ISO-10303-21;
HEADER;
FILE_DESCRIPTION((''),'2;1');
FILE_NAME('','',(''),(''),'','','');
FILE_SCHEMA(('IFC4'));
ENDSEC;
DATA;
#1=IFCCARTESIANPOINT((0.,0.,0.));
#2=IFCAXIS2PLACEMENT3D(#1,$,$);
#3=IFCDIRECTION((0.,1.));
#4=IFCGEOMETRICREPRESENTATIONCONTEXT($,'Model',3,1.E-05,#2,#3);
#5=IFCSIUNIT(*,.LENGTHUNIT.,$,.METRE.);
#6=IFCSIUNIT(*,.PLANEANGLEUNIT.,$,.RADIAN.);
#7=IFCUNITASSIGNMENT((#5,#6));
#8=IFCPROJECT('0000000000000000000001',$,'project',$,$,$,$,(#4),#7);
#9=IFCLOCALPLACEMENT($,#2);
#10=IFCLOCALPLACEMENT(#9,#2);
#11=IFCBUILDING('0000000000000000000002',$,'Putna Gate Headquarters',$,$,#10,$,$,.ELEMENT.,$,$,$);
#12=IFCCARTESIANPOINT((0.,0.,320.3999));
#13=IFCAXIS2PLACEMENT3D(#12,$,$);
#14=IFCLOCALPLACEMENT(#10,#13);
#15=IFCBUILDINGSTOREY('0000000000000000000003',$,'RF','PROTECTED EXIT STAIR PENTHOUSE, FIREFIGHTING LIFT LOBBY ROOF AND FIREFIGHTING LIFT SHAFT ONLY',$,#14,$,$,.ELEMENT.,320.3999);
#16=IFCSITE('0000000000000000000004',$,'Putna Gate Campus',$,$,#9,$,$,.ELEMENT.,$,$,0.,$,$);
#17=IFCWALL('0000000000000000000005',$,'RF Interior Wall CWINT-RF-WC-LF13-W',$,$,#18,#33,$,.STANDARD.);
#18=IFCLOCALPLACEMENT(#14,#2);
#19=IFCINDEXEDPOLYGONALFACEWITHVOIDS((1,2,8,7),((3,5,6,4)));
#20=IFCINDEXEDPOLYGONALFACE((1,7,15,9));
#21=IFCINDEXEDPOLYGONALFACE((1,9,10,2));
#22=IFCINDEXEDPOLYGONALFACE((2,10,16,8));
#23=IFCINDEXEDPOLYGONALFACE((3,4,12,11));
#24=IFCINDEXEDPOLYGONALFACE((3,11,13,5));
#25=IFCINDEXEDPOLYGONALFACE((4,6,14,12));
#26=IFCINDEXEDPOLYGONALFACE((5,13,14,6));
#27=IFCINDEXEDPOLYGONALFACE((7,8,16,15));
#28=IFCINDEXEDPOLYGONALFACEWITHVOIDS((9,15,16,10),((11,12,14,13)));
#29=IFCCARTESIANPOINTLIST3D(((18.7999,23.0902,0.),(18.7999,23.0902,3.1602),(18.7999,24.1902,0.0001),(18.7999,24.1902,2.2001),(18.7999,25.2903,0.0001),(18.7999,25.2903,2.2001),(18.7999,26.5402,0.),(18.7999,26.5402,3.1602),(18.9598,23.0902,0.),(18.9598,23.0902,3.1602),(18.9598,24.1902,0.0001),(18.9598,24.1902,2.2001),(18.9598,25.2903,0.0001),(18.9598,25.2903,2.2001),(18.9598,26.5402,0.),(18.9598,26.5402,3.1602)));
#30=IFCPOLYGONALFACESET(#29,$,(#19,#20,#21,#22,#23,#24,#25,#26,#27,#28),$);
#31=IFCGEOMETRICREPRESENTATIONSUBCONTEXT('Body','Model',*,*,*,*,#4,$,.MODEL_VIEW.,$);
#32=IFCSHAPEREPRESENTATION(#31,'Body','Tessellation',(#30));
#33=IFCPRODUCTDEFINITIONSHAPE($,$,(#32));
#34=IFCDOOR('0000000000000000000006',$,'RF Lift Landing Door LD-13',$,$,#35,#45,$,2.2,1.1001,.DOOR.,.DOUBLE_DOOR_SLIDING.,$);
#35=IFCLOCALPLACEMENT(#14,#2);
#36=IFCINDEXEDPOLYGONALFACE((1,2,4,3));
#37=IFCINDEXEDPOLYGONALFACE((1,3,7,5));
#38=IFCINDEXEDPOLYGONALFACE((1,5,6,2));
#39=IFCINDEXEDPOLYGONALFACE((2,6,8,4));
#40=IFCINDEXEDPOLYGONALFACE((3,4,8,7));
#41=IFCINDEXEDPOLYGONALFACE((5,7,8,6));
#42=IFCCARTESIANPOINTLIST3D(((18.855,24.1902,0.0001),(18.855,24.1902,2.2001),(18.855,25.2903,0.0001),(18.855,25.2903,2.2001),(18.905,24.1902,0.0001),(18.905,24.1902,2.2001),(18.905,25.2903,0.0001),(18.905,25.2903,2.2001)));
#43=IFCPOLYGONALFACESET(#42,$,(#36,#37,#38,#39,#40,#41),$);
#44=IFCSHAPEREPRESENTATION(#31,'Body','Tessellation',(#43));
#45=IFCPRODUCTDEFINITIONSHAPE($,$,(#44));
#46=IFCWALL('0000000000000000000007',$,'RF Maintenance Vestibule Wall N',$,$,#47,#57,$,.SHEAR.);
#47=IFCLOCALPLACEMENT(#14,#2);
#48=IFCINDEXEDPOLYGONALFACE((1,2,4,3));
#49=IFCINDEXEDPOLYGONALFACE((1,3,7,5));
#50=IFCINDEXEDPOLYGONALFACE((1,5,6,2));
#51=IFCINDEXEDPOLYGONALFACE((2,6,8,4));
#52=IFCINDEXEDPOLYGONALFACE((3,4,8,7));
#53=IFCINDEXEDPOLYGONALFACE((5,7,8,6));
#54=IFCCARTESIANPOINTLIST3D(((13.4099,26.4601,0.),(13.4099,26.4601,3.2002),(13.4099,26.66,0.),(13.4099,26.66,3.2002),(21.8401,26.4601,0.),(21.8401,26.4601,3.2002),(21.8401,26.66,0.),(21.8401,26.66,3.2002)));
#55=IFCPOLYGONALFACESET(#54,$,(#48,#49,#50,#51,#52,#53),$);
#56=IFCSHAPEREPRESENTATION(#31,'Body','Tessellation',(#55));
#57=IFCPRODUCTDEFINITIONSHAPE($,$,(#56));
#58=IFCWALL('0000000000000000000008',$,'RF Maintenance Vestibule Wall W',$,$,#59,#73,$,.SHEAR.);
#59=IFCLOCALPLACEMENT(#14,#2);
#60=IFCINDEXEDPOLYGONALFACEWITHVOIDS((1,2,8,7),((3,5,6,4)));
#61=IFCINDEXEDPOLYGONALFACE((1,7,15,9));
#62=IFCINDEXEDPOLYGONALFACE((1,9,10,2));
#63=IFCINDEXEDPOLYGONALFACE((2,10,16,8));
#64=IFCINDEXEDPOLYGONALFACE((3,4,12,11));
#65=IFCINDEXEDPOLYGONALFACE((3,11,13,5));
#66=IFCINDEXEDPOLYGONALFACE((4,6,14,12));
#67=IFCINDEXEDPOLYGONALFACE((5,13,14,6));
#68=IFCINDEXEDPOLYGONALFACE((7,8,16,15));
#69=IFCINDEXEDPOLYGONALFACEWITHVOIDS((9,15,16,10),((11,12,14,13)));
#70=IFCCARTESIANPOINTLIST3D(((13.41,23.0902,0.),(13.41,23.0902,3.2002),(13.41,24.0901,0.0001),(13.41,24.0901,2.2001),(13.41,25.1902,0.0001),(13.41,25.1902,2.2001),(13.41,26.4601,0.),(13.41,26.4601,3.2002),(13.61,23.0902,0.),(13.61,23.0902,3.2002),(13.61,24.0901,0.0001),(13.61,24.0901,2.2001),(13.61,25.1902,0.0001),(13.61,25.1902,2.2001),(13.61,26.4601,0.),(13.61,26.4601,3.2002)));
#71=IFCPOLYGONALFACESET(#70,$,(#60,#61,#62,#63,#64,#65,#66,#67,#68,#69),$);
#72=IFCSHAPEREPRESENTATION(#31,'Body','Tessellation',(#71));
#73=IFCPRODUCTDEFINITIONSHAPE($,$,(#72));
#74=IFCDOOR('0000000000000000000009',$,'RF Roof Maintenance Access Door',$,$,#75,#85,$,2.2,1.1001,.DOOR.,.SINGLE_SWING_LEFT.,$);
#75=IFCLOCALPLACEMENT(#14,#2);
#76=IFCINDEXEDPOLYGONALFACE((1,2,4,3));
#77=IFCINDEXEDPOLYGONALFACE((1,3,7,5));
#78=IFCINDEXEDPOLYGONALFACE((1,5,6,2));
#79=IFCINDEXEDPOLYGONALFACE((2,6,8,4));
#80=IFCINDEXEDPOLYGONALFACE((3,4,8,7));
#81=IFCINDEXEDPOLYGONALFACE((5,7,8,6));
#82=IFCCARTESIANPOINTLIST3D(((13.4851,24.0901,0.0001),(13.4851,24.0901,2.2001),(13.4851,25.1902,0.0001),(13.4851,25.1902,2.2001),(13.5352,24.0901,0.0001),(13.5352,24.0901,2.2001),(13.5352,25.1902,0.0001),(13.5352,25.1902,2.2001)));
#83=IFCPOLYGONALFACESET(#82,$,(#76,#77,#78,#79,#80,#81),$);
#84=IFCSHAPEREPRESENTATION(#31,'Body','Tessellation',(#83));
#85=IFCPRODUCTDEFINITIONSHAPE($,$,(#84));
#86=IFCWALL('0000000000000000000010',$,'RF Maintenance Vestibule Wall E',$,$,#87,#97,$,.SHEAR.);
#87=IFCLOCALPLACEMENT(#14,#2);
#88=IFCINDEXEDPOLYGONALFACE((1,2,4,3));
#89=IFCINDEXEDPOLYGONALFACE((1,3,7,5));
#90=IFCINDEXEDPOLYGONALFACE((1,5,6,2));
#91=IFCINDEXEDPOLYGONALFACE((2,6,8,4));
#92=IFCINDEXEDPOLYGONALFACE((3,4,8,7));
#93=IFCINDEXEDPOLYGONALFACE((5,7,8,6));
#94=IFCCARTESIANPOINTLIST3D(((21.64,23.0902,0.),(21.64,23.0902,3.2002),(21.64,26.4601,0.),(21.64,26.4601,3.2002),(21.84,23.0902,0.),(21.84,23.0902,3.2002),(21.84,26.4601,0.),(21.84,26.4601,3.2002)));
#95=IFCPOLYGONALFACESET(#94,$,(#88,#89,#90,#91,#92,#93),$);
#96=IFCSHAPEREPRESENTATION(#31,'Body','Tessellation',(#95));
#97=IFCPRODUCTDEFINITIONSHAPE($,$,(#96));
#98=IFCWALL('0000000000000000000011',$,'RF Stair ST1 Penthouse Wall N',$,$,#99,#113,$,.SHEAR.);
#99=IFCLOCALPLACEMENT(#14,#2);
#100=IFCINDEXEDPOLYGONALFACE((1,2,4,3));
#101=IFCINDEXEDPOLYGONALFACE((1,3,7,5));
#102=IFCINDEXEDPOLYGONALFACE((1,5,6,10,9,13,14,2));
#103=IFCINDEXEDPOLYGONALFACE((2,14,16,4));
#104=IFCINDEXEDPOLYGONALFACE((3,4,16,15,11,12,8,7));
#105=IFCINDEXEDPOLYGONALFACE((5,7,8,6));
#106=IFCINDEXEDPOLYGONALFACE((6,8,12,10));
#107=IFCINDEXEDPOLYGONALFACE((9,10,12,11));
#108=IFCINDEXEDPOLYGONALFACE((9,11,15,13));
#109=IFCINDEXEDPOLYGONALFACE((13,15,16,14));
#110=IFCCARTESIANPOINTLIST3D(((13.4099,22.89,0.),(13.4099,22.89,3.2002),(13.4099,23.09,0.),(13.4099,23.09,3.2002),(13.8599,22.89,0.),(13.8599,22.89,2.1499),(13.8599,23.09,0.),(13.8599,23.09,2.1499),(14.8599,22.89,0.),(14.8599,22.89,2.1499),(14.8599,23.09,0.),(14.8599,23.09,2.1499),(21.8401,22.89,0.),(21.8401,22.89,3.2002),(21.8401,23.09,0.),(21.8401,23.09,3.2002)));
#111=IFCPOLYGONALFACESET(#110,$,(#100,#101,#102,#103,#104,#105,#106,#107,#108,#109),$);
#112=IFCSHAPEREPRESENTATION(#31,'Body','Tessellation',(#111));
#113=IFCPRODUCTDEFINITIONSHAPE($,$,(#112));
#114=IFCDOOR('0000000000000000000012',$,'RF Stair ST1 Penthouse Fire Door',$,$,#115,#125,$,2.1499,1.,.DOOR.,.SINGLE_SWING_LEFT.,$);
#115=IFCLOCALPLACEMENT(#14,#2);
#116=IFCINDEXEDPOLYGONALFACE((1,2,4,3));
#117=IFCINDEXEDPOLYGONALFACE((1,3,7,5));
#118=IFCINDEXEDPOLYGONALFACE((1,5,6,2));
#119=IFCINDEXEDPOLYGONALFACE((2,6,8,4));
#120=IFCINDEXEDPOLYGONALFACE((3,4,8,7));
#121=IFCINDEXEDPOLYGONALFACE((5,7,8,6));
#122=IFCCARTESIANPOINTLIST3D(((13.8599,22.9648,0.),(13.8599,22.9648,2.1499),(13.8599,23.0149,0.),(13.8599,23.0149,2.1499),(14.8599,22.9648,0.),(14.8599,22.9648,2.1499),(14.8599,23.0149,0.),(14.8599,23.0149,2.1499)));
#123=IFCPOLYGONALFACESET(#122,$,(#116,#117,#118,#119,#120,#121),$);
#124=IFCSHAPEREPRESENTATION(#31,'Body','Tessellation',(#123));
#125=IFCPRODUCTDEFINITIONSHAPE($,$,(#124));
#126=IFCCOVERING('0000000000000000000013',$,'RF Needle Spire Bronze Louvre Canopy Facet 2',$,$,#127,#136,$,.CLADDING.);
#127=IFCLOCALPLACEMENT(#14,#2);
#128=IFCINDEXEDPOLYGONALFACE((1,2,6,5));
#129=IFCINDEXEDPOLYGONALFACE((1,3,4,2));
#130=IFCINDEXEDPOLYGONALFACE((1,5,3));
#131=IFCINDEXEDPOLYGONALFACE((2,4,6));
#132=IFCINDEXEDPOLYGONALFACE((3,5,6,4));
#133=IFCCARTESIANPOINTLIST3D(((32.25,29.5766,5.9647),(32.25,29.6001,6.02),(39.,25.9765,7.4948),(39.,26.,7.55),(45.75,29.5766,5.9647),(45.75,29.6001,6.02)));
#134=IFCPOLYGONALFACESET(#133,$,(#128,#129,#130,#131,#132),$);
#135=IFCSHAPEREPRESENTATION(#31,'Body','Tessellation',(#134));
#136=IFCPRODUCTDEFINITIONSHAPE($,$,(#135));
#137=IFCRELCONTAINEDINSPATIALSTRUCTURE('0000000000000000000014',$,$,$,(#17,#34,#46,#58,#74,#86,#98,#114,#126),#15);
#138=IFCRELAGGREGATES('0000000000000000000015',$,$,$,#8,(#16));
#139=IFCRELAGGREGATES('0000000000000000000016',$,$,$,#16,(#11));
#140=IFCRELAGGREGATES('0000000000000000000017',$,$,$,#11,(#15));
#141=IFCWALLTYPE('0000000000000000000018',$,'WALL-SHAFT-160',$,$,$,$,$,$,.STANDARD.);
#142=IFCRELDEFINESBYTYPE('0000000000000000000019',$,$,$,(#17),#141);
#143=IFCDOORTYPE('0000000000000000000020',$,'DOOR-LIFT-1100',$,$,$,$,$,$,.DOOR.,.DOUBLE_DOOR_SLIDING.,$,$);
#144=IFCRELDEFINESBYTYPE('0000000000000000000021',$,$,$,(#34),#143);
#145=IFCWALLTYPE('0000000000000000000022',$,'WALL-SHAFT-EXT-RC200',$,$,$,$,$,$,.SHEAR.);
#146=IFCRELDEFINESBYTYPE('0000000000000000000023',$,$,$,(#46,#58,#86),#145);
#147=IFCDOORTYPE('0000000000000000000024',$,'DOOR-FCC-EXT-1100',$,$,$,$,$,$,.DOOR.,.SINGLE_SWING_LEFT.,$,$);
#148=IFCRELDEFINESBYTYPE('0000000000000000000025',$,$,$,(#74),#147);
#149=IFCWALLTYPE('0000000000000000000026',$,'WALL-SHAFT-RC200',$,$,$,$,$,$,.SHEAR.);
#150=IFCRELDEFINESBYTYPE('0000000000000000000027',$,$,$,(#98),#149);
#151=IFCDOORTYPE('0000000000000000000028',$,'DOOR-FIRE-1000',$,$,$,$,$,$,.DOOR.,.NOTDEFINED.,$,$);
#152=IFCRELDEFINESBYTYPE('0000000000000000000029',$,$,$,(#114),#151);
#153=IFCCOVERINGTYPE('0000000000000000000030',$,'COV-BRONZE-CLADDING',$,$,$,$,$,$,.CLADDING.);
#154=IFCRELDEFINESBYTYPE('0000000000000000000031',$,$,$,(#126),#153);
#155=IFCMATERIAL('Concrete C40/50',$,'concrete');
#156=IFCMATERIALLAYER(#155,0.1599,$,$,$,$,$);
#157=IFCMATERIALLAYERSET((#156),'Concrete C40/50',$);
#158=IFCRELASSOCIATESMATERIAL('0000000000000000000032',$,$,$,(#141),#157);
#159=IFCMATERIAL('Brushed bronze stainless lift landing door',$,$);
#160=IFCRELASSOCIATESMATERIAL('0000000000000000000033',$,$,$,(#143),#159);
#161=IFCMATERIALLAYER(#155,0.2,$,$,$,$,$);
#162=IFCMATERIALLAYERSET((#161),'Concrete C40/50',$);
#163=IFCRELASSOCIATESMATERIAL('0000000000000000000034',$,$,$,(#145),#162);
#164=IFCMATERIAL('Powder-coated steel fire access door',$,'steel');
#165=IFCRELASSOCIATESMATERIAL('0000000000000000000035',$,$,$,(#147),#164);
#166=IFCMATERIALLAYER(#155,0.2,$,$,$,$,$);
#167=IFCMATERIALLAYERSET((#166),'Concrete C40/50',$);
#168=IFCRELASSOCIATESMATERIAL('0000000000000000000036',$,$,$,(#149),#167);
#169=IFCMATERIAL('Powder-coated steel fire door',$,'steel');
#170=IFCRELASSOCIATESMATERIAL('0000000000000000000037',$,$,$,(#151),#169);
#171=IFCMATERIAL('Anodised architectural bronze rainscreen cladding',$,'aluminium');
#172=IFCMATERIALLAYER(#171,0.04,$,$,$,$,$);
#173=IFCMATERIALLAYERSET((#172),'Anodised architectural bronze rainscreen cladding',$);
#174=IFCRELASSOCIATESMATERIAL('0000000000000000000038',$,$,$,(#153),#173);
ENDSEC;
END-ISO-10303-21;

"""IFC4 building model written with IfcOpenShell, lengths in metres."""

from ifc_helpers import new_model, si_unit, direction, frame, frame_2d, origin, place, context, subcontext, project, spatial, polyline, rectangle, outline, extrude, material, layer, layer_set, type_object, element, fill, save


model = new_model("IFC4")

# Units and contexts
model_context = context("Model", 3, precision=1e-05, world=origin(), true_north=direction((0.0, 1.0)))
body_context = subcontext(model_context, "Body", "Model", "MODEL_VIEW")
ifc_project = project(units=[si_unit("LENGTHUNIT", "METRE"), si_unit("PLANEANGLEUNIT", "RADIAN")], contexts=[model_context])

# Site, building, storey
site_placement = place(None, origin())
site = spatial("IfcSite", under=ifc_project, at=site_placement, Name="Putna Gate Campus", CompositionType="ELEMENT", RefElevation=0.0)
building_placement = place(site_placement, origin())
building = spatial("IfcBuilding", under=site, at=building_placement, Name="Putna Gate Headquarters", CompositionType="ELEMENT")
storey_placement = place(building_placement, frame((0.0, 0.0, 320.3999)))
storey = spatial("IfcBuildingStorey", under=building, at=storey_placement, Name="RF", Description="PROTECTED EXIT STAIR PENTHOUSE, FIREFIGHTING LIFT LOBBY ROOF AND FIREFIGHTING LIFT SHAFT ONLY", CompositionType="ELEMENT", Elevation=320.3999)

# Wall, opening, door
ifc_material_1 = material(Name="Concrete C40/50", Category="concrete")
ifc_layer_1 = layer(ifc_material_1, 0.1599)
ifc_layer_set_1 = layer_set([ifc_layer_1], Name="Concrete C40/50")
wall_type_1 = type_object("IfcWallType", Name="WALL-SHAFT-160", PredefinedType="STANDARD", material=ifc_layer_set_1)
wall_1_placement = place(storey_placement, frame((18.8799, 23.0901, 0.0), z_axis=(0.0, 0.0, 1.0), x_axis=(0.0, 1.0, 0.0)))
wall_1 = element("IfcWall", 1, at=wall_1_placement, inside=storey, type_object=wall_type_1, Name="RF Interior Wall CWINT-RF-WC-LF13-W", PredefinedType="STANDARD", context=body_context, shape_type="SweptSolid", body=[
    extrude(rectangle(XDim=3.45, YDim=0.1599, at=frame_2d((1.7251, 0.0))), origin(), (0.0, 0.0, 1.0), 3.1602),
])
opening_1_placement = place(wall_1_placement, frame((1.1001, 0.0, 0.0)))
opening_1 = element("IfcOpeningElement", 2, at=opening_1_placement, cuts=wall_1, PredefinedType="OPENING", context=body_context, shape_type="SweptSolid", body=[
    extrude(rectangle(XDim=1.1001, YDim=2.2, at=frame_2d((0.55, 1.1001))), frame((0.0, 0.0898, 0.0), z_axis=(0.0, -1.0, 0.0), x_axis=(1.0, 0.0, 0.0)), (0.0, 0.0, 1.0), 0.1799),
])
ifc_material_2 = material(Name="Brushed bronze stainless lift landing door")
door_type_1 = type_object("IfcDoorType", Name="DOOR-LIFT-1100", OperationType="DOUBLE_DOOR_SLIDING", PredefinedType="DOOR", material=ifc_material_2)
door_1_placement = place(opening_1_placement, origin())
door_1 = element("IfcDoor", 3, at=door_1_placement, inside=storey, type_object=door_type_1, Name="RF Lift Landing Door LD-13", OperationType="DOUBLE_DOOR_SLIDING", OverallHeight=2.2, OverallWidth=1.1001, PredefinedType="DOOR", context=body_context, shape_type="SweptSolid", body=[
    extrude(rectangle(XDim=1.1001, YDim=2.2, at=frame_2d((0.55, 1.1001))), frame((0.0, 0.0249, 0.0), z_axis=(0.0, -1.0, 0.0), x_axis=(1.0, 0.0, 0.0)), (0.0, 0.0, 1.0), 0.05),
])
fill(opening_1, door_1)

# Wall
ifc_layer_2 = layer(ifc_material_1, 0.2)
ifc_layer_set_2 = layer_set([ifc_layer_2], Name="Concrete C40/50")
wall_type_2 = type_object("IfcWallType", Name="WALL-SHAFT-EXT-RC200", PredefinedType="SHEAR", material=ifc_layer_set_2)
wall_2_placement = place(storey_placement, frame((13.4099, 26.5601, 0.0), z_axis=(0.0, 0.0, 1.0), x_axis=(1.0, 0.0, 0.0)))
element("IfcWall", 4, at=wall_2_placement, inside=storey, type_object=wall_type_2, Name="RF Maintenance Vestibule Wall N", PredefinedType="SHEAR", context=body_context, shape_type="SweptSolid", body=[
    extrude(rectangle(XDim=8.4302, YDim=0.2, at=frame_2d((4.2151, 0.0))), origin(), (0.0, 0.0, 1.0), 3.2002),
])

# Wall, opening, door
wall_3_placement = place(storey_placement, frame((13.51, 23.0901, 0.0), z_axis=(0.0, 0.0, 1.0), x_axis=(0.0, 1.0, 0.0)))
wall_3 = element("IfcWall", 5, at=wall_3_placement, inside=storey, type_object=wall_type_2, Name="RF Maintenance Vestibule Wall W", PredefinedType="SHEAR", context=body_context, shape_type="SweptSolid", body=[
    extrude(rectangle(XDim=3.3699, YDim=0.2, at=frame_2d((1.6851, 0.0))), origin(), (0.0, 0.0, 1.0), 3.2002),
])
opening_2_placement = place(wall_3_placement, frame((1.0, 0.0, 0.0)))
opening_2 = element("IfcOpeningElement", 6, at=opening_2_placement, cuts=wall_3, PredefinedType="OPENING", context=body_context, shape_type="SweptSolid", body=[
    extrude(rectangle(XDim=1.1001, YDim=2.2, at=frame_2d((0.55, 1.1001))), frame((0.0, 0.1099, 0.0), z_axis=(0.0, -1.0, 0.0), x_axis=(1.0, 0.0, 0.0)), (0.0, 0.0, 1.0), 0.22),
])
ifc_material_3 = material(Name="Powder-coated steel fire access door", Category="steel")
door_type_2 = type_object("IfcDoorType", Name="DOOR-FCC-EXT-1100", OperationType="SINGLE_SWING_LEFT", PredefinedType="DOOR", material=ifc_material_3)
door_2_placement = place(opening_2_placement, origin())
door_2 = element("IfcDoor", 7, at=door_2_placement, inside=storey, type_object=door_type_2, Name="RF Roof Maintenance Access Door", OperationType="SINGLE_SWING_LEFT", OverallHeight=2.2, OverallWidth=1.1001, PredefinedType="DOOR", context=body_context, shape_type="SweptSolid", body=[
    extrude(rectangle(XDim=1.1001, YDim=2.2, at=frame_2d((0.55, 1.1001))), frame((0.0, 0.0249, 0.0), z_axis=(0.0, -1.0, 0.0), x_axis=(1.0, 0.0, 0.0)), (0.0, 0.0, 1.0), 0.05),
])
fill(opening_2, door_2)

# Wall
wall_4_placement = place(storey_placement, frame((21.74, 23.0901, 0.0), z_axis=(0.0, 0.0, 1.0), x_axis=(0.0, 1.0, 0.0)))
element("IfcWall", 8, at=wall_4_placement, inside=storey, type_object=wall_type_2, Name="RF Maintenance Vestibule Wall E", PredefinedType="SHEAR", context=body_context, shape_type="SweptSolid", body=[
    extrude(rectangle(XDim=3.3699, YDim=0.2, at=frame_2d((1.6851, 0.0))), origin(), (0.0, 0.0, 1.0), 3.2002),
])

# Wall, opening, door
ifc_layer_3 = layer(ifc_material_1, 0.2)
ifc_layer_set_3 = layer_set([ifc_layer_3], Name="Concrete C40/50")
wall_type_3 = type_object("IfcWallType", Name="WALL-SHAFT-RC200", PredefinedType="SHEAR", material=ifc_layer_set_3)
wall_5_placement = place(storey_placement, frame((13.4099, 22.99, 0.0), z_axis=(0.0, 0.0, 1.0), x_axis=(1.0, 0.0, 0.0)))
wall_5 = element("IfcWall", 9, at=wall_5_placement, inside=storey, type_object=wall_type_3, Name="RF Stair ST1 Penthouse Wall N", PredefinedType="SHEAR", context=body_context, shape_type="SweptSolid", body=[
    extrude(rectangle(XDim=8.4302, YDim=0.2, at=frame_2d((4.2151, 0.0))), origin(), (0.0, 0.0, 1.0), 3.2002),
])
opening_3_placement = place(wall_5_placement, frame((0.45, 0.0, 0.0)))
opening_3 = element("IfcOpeningElement", 10, at=opening_3_placement, cuts=wall_5, PredefinedType="OPENING", context=body_context, shape_type="SweptSolid", body=[
    extrude(rectangle(XDim=1.0, YDim=2.1499, at=frame_2d((0.5, 1.075))), frame((0.0, 0.1099, 0.0), z_axis=(0.0, -1.0, 0.0), x_axis=(1.0, 0.0, 0.0)), (0.0, 0.0, 1.0), 0.22),
])
ifc_material_4 = material(Name="Powder-coated steel fire door", Category="steel")
door_type_3 = type_object("IfcDoorType", Name="DOOR-FIRE-1000", OperationType="NOTDEFINED", PredefinedType="DOOR", material=ifc_material_4)
door_3_placement = place(opening_3_placement, origin())
door_3 = element("IfcDoor", 11, at=door_3_placement, inside=storey, type_object=door_type_3, Name="RF Stair ST1 Penthouse Fire Door", OperationType="SINGLE_SWING_LEFT", OverallHeight=2.1499, OverallWidth=1.0, PredefinedType="DOOR", context=body_context, shape_type="SweptSolid", body=[
    extrude(rectangle(XDim=1.0, YDim=2.1499, at=frame_2d((0.5, 1.075))), frame((0.0, 0.0249, 0.0), z_axis=(0.0, -1.0, 0.0), x_axis=(1.0, 0.0, 0.0)), (0.0, 0.0, 1.0), 0.05),
])
fill(opening_3, door_3)

# Covering
ifc_material_5 = material(Name="Anodised architectural bronze rainscreen cladding", Category="aluminium")
ifc_layer_4 = layer(ifc_material_5, 0.04)
ifc_layer_set_4 = layer_set([ifc_layer_4], Name="Anodised architectural bronze rainscreen cladding")
covering_type = type_object("IfcCoveringType", Name="COV-BRONZE-CLADDING", PredefinedType="CLADDING", material=ifc_layer_set_4)
covering_placement = place(storey_placement, frame((32.25, 29.6001, 6.02), z_axis=(0.0, 0.391138, 0.920332), x_axis=(0.865213, -0.461459, 0.196119)))
element("IfcCovering", 12, at=covering_placement, inside=storey, type_object=covering_type, Name="RF Needle Spire Bronze Louvre Canopy Facet 2", PredefinedType="CLADDING", context=body_context, shape_type="SweptSolid", body=[
    extrude(outline(polyline([(0.0, 0.0), (7.8016, 0.0), (11.6804, 6.769), (0.0, 0.0)])), origin(), (0.0, 0.0, -1.0), 0.0601),
])

save(model, "model.ifc")
